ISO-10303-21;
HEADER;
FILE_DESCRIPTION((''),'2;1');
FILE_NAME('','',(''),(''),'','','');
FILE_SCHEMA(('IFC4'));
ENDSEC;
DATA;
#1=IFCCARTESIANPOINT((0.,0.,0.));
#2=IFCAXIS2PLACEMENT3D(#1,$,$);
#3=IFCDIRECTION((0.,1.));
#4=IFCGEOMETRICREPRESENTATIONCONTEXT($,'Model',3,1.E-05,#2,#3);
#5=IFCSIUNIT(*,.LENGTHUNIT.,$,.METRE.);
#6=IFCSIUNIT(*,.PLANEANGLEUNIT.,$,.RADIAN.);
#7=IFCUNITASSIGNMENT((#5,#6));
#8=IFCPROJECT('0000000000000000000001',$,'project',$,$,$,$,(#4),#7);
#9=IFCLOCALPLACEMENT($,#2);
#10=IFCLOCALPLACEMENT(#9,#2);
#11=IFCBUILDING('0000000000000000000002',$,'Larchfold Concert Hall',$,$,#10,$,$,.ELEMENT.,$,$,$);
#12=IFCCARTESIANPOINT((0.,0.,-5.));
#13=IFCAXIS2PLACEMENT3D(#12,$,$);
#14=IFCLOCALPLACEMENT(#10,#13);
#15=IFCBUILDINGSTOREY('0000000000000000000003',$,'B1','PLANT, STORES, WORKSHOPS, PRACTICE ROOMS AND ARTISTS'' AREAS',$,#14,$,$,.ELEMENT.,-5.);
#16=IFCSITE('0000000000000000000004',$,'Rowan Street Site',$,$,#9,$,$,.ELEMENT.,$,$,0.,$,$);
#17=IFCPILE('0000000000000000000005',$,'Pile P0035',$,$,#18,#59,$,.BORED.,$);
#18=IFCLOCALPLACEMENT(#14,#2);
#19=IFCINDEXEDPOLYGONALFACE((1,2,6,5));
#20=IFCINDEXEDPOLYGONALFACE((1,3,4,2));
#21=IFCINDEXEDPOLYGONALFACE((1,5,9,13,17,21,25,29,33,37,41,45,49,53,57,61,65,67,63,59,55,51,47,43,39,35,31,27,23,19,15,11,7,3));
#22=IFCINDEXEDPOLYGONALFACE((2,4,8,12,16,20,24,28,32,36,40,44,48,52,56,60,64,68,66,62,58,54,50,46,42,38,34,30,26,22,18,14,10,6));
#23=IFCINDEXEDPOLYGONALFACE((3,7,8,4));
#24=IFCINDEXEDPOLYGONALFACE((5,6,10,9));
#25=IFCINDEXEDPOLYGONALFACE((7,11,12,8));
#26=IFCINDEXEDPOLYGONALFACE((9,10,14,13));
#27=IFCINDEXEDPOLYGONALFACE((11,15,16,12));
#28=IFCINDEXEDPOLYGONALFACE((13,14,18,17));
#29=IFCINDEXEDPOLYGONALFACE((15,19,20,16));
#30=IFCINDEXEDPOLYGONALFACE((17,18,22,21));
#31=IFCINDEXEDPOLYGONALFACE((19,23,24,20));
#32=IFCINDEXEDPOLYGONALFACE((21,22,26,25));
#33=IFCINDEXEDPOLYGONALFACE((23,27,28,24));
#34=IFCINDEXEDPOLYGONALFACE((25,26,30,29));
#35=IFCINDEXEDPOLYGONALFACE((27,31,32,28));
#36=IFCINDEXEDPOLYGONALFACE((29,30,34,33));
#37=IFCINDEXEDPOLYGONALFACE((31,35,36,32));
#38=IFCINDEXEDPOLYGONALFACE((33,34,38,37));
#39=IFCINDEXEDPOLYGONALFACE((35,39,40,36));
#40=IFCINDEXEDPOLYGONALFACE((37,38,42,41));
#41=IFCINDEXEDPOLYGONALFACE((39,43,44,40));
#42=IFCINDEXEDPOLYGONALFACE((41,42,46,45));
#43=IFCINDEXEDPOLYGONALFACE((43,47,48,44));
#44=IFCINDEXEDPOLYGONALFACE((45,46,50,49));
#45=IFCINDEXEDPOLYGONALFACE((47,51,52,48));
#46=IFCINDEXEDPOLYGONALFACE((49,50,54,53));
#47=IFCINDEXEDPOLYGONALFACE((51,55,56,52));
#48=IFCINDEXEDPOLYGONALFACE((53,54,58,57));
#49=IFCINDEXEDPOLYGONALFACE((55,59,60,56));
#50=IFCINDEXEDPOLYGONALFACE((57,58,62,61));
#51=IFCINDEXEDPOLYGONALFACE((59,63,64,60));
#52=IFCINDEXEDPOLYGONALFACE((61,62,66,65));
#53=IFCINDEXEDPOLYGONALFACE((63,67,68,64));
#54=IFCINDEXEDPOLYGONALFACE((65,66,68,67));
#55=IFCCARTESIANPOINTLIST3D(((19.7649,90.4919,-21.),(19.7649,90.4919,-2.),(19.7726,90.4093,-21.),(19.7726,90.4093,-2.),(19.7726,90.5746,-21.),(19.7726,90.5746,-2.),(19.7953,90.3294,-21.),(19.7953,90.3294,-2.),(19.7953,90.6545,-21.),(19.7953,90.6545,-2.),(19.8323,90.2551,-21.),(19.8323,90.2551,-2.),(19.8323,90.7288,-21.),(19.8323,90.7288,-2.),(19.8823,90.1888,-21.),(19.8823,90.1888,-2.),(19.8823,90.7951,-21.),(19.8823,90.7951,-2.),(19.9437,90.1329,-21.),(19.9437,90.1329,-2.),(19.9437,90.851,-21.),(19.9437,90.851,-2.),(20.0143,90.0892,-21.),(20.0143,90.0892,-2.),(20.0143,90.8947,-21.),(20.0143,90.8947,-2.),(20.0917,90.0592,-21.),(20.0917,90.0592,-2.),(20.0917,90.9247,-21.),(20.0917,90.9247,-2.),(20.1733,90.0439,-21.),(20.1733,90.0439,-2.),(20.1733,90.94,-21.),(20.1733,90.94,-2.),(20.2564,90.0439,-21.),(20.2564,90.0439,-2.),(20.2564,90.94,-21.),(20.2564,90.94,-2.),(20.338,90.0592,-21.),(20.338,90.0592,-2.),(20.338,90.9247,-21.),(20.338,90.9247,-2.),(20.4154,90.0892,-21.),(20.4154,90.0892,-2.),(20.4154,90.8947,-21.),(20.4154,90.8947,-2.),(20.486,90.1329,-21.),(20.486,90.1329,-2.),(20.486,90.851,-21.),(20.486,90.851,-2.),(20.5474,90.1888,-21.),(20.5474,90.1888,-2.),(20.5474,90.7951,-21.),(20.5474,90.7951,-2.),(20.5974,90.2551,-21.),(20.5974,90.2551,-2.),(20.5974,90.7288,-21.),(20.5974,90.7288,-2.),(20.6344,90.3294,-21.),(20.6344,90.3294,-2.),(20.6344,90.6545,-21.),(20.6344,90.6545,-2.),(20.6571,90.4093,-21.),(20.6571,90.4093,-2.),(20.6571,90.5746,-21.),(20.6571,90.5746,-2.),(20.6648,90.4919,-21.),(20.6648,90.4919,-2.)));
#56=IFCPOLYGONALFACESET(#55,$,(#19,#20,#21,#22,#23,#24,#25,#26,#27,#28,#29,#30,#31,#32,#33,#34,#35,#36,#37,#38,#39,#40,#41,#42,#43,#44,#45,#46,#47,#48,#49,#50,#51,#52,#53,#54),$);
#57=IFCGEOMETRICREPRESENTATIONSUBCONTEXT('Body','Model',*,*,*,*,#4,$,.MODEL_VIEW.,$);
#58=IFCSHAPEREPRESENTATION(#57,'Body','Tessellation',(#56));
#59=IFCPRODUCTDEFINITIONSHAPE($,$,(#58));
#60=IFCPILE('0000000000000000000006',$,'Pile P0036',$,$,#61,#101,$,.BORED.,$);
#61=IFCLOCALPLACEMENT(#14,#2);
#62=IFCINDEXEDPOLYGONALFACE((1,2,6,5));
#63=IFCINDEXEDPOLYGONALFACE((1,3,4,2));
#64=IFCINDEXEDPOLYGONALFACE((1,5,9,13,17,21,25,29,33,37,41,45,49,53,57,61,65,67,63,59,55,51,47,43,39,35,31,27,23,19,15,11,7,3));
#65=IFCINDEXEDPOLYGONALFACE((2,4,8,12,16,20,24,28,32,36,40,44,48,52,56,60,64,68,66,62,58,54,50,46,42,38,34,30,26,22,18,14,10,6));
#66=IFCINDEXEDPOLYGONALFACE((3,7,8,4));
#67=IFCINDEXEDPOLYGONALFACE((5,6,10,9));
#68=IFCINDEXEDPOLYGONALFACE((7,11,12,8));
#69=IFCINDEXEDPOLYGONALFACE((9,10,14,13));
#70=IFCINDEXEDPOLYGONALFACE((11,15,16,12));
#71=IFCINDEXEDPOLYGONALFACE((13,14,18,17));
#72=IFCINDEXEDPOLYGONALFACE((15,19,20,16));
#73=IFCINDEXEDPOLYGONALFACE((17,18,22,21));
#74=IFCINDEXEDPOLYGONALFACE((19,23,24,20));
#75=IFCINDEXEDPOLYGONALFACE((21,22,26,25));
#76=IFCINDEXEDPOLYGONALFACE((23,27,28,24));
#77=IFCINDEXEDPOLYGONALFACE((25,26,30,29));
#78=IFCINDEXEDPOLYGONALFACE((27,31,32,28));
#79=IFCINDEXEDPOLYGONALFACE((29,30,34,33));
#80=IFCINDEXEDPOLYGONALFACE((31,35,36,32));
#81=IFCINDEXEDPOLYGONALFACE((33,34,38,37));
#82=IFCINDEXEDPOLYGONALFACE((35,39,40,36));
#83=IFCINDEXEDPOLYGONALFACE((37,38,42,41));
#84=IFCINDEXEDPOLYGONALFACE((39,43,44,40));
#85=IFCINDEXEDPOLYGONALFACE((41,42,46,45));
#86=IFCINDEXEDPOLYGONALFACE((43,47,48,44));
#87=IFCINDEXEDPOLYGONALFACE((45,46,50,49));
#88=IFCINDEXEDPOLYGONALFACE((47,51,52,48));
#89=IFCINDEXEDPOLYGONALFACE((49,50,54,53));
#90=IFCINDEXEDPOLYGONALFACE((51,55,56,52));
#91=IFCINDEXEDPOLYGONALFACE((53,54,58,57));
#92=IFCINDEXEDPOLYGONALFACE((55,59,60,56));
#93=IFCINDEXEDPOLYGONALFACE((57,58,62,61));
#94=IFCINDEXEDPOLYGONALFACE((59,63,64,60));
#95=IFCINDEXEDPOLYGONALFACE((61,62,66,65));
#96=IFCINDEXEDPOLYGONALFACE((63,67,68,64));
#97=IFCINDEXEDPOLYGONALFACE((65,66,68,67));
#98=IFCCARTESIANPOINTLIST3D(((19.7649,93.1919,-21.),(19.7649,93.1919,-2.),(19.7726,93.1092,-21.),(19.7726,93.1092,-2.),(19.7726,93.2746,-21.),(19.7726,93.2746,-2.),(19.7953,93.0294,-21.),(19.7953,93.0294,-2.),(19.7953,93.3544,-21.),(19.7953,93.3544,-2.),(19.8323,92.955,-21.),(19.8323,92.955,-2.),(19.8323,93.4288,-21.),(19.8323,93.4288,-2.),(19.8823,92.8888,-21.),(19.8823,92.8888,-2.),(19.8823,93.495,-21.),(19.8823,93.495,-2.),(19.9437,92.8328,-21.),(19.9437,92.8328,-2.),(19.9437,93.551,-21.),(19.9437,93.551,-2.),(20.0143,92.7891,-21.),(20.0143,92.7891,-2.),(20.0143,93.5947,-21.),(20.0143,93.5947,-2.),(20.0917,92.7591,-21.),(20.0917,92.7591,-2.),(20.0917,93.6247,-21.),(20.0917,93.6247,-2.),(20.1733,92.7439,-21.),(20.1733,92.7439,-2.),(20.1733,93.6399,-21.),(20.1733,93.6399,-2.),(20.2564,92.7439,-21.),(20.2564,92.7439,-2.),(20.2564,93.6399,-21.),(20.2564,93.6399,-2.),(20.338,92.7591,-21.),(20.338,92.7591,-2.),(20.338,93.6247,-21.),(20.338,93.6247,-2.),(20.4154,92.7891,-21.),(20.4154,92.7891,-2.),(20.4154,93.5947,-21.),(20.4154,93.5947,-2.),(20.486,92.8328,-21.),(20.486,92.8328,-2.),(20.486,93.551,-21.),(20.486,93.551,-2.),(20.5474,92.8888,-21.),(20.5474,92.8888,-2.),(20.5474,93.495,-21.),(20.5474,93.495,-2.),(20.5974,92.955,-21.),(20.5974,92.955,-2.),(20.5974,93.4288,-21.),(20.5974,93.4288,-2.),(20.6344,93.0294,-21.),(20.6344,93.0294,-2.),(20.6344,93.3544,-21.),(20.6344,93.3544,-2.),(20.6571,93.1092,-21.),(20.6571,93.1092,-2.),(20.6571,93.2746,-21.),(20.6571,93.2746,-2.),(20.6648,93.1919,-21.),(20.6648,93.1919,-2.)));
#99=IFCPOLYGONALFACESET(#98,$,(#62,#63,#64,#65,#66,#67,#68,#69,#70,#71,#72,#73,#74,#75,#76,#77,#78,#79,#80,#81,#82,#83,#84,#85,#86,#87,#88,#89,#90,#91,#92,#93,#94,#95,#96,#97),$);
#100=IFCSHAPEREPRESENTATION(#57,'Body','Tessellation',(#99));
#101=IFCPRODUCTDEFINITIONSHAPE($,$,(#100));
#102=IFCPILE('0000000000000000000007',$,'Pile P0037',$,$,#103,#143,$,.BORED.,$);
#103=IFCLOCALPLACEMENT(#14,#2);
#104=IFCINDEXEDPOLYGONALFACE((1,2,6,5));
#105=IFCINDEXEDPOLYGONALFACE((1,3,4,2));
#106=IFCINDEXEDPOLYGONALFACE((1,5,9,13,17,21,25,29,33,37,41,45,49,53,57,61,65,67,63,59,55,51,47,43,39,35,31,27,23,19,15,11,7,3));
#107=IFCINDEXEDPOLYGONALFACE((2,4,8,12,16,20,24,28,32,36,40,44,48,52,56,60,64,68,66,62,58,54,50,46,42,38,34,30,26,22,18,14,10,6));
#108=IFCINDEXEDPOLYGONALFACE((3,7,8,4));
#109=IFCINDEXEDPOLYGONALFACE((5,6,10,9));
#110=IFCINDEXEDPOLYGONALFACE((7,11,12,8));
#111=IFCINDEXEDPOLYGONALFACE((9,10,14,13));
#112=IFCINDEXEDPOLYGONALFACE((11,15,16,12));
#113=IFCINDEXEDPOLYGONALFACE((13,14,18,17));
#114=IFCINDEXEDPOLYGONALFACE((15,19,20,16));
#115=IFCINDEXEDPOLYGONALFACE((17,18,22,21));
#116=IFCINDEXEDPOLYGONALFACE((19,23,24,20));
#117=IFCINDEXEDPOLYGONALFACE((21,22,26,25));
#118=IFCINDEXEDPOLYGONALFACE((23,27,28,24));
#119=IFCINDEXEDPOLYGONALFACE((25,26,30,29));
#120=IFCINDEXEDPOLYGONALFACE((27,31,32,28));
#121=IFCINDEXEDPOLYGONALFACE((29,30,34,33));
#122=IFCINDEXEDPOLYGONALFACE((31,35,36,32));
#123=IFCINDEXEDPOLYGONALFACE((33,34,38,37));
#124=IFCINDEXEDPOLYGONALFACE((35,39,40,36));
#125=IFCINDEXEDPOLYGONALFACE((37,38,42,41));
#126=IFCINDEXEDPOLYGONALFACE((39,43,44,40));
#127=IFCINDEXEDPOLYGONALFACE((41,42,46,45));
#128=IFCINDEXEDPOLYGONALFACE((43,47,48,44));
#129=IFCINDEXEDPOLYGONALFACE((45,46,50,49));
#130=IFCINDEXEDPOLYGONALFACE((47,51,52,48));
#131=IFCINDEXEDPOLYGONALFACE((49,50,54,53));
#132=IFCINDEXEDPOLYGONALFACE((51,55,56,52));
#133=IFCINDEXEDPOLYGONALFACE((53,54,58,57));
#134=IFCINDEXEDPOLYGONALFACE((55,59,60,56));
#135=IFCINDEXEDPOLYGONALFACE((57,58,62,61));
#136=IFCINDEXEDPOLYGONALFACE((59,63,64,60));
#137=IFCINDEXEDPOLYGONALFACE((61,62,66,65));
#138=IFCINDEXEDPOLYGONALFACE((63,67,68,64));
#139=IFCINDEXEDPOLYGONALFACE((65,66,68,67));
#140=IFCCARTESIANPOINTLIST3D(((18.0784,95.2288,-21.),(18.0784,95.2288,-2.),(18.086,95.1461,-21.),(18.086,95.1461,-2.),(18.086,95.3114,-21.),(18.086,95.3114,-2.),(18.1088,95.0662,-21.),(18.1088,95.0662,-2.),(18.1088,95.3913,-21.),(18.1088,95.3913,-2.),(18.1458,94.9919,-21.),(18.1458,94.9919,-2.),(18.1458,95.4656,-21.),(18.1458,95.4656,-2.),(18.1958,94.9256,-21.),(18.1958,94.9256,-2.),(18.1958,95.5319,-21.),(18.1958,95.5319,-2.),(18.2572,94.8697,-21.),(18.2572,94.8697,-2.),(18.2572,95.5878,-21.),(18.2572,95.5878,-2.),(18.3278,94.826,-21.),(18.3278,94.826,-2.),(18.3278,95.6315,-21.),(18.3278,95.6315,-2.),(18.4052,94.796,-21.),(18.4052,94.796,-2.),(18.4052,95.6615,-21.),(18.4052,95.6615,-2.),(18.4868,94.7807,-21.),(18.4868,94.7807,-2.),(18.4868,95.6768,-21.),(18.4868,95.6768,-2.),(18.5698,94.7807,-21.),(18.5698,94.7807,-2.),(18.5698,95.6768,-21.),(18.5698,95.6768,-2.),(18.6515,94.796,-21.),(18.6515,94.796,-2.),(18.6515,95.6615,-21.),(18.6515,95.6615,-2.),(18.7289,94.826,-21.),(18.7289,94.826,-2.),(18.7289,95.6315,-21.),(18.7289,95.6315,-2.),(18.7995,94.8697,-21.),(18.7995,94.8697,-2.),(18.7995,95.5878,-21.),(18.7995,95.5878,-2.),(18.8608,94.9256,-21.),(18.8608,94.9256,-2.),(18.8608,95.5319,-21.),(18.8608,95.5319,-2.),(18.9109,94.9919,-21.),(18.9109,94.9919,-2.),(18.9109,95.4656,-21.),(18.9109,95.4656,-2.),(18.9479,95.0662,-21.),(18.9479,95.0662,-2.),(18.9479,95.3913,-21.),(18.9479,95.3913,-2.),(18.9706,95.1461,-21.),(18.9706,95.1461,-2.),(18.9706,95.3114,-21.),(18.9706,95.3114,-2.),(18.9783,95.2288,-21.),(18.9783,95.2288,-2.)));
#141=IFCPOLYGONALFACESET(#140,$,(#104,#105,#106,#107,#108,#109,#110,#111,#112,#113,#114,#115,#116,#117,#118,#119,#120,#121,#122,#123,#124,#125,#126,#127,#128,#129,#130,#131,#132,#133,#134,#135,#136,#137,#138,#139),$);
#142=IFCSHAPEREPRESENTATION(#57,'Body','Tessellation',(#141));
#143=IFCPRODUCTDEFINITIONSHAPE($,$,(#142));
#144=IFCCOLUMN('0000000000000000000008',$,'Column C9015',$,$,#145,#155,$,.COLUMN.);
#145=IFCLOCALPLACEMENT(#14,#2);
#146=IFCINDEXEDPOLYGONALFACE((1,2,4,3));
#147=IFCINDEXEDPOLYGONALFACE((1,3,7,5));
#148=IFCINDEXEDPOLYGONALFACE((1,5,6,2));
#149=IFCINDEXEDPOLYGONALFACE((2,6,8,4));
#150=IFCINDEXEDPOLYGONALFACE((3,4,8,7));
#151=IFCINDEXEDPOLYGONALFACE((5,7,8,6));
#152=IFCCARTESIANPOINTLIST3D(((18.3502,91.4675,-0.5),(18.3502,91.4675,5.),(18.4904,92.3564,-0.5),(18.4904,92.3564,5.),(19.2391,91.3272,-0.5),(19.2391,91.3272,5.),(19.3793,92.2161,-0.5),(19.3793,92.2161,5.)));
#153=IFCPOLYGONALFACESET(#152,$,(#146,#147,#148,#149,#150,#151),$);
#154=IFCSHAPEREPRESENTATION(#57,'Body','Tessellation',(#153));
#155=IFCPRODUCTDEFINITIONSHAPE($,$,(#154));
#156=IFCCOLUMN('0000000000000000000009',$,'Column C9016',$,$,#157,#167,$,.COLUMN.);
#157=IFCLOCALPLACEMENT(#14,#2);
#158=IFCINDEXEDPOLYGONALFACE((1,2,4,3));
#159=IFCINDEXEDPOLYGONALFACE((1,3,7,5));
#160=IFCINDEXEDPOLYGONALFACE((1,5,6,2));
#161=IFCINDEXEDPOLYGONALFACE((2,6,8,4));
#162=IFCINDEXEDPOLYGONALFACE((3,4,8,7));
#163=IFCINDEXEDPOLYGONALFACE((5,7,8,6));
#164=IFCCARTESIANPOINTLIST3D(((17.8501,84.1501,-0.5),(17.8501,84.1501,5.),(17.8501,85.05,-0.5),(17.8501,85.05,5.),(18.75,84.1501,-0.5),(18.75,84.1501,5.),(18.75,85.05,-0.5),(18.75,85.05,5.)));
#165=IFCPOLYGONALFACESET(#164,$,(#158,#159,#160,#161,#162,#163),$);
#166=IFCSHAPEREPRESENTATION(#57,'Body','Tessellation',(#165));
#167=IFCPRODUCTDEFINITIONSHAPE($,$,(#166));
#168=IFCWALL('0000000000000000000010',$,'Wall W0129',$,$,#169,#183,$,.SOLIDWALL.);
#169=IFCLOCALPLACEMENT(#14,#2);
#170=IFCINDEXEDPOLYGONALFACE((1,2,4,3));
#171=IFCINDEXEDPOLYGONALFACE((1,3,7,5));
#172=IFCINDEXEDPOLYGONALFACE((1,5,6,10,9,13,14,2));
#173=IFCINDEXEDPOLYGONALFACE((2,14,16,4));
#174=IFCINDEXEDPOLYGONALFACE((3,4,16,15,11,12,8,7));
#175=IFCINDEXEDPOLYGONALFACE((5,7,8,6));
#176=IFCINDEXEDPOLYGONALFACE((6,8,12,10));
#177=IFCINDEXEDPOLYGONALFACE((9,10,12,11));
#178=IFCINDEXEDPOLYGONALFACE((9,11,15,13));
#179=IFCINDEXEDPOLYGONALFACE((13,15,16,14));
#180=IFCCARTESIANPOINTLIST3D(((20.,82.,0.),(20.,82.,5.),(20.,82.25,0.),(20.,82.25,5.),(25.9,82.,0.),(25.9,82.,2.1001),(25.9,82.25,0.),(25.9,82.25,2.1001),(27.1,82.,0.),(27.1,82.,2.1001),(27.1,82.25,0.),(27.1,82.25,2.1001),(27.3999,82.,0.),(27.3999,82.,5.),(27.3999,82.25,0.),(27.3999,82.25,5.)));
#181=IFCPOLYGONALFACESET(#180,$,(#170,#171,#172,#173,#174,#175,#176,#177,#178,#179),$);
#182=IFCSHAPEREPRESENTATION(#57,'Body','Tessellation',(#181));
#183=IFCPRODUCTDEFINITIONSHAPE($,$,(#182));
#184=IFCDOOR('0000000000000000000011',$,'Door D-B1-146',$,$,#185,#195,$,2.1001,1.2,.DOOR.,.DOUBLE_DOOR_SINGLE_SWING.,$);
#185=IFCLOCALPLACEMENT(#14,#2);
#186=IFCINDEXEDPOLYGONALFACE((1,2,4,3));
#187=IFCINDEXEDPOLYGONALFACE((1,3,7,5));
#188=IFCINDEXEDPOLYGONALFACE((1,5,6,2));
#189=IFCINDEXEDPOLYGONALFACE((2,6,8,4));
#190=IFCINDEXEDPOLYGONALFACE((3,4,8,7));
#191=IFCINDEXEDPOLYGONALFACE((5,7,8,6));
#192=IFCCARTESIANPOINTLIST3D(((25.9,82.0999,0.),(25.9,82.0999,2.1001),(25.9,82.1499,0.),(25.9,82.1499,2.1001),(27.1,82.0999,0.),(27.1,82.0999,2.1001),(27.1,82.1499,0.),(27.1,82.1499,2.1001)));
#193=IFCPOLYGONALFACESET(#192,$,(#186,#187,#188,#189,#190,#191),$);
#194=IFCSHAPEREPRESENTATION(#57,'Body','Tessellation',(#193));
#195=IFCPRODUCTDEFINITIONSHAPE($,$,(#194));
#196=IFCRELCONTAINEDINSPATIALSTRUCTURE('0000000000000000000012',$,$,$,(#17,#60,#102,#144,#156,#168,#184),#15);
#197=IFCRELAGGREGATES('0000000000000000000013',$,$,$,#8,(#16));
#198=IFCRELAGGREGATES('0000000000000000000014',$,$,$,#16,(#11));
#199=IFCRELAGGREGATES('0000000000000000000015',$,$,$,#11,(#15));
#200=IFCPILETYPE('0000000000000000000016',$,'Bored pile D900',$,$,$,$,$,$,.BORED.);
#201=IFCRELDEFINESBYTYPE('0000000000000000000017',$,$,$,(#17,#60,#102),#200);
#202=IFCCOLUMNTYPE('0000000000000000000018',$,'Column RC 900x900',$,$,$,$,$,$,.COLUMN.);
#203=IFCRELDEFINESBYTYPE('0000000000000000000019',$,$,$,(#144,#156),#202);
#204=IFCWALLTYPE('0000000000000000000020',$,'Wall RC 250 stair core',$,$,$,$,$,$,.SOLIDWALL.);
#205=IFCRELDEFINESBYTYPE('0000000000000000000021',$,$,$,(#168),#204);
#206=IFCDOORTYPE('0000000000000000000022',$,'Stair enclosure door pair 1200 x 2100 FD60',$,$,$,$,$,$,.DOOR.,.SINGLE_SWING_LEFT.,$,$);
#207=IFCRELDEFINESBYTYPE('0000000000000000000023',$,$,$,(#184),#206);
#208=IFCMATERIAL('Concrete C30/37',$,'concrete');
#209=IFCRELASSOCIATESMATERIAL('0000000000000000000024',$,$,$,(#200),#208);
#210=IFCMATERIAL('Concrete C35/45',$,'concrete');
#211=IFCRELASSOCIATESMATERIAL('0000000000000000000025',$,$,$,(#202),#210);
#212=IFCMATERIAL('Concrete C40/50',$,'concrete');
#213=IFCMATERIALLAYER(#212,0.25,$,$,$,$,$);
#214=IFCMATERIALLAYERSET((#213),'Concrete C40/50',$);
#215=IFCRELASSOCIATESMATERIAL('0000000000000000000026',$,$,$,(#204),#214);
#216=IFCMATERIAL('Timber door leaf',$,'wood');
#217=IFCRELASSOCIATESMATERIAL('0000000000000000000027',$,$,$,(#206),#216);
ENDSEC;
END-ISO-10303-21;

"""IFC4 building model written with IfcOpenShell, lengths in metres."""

from ifc_helpers import new_model, si_unit, direction, frame, frame_2d, origin, origin_2d, place, context, subcontext, project, spatial, rectangle, circle, extrude, material, layer, layer_set, material_profile, profile_set, type_object, element, fill, save


model = new_model("IFC4")

# Units and contexts
model_context = context("Model", 3, precision=1e-05, world=origin(), true_north=direction((0.0, 1.0)))
body_context = subcontext(model_context, "Body", "Model", "MODEL_VIEW")
ifc_project = project(units=[si_unit("LENGTHUNIT", "METRE"), si_unit("PLANEANGLEUNIT", "RADIAN")], contexts=[model_context])

# Site, building, storey
site_placement = place(None, origin())
site = spatial("IfcSite", under=ifc_project, at=site_placement, Name="Rowan Street Site", CompositionType="ELEMENT", RefElevation=0.0)
building_placement = place(site_placement, origin())
building = spatial("IfcBuilding", under=site, at=building_placement, Name="Larchfold Concert Hall", CompositionType="ELEMENT")
storey_placement = place(building_placement, frame((0.0, 0.0, -5.0)))
storey = spatial("IfcBuildingStorey", under=building, at=storey_placement, Name="B1", Description="PLANT, STORES, WORKSHOPS, PRACTICE ROOMS AND ARTISTS' AREAS", CompositionType="ELEMENT", Elevation=-5.0)

# Piles
ifc_material_1 = material(Name="Concrete C30/37", Category="concrete")
ifc_material_profile_1 = material_profile(ifc_material_1, circle(Radius=0.45, at=origin_2d()))
ifc_profile_set_1 = profile_set([ifc_material_profile_1], Name="Concrete C30/37")
pile_type = type_object("IfcPileType", Name="Bored pile D900", PredefinedType="BORED", material=ifc_profile_set_1)
for number, where, z_axis, x_axis, name in (
    (1, (20.2148, 90.4919, -2.0), (0.0, 0.0, -1.0), (1.0, 0.0, 0.0), "Pile P0035"),
    (2, (20.2148, 93.1919, -2.0), (0.0, 0.0, -1.0), (1.0, 0.0, 0.0), "Pile P0036"),
    (3, (18.5283, 95.2288, -2.0), (0.0, 0.0, -1.0), (1.0, 0.0, 0.0), "Pile P0037"),
):
    element("IfcPile", number, at=place(storey_placement, frame(where, z_axis=z_axis, x_axis=x_axis)), inside=storey, type_object=pile_type, Name=name, PredefinedType="BORED", context=body_context, shape_type="SweptSolid", body=[
        extrude(circle(Radius=0.45, at=origin_2d()), origin(), (0.0, 0.0, 1.0), 19.0),
    ])

# Columns
ifc_material_2 = material(Name="Concrete C35/45", Category="concrete")
ifc_material_profile_2 = material_profile(ifc_material_2, rectangle(XDim=0.8999, YDim=0.8999, at=origin_2d()))
ifc_profile_set_2 = profile_set([ifc_material_profile_2], Name="Concrete C35/45")
column_type = type_object("IfcColumnType", Name="Column RC 900x900", PredefinedType="COLUMN", material=ifc_profile_set_2)
for number, where, z_axis, x_axis, name in (
    (4, (18.8647, 91.8418, -0.5), (0.0, 0.0, 1.0), (0.155868, 0.987778, 0.0), "Column C9015"),
    (5, (18.3, 84.6001, -0.5), (0.0, 0.0, 1.0), (0.000002, 1.0, 0.0), "Column C9016"),
):
    element("IfcColumn", number, at=place(storey_placement, frame(where, z_axis=z_axis, x_axis=x_axis)), inside=storey, type_object=column_type, Name=name, PredefinedType="COLUMN", context=body_context, shape_type="SweptSolid", body=[
        extrude(rectangle(XDim=0.8999, YDim=0.8999, at=origin_2d()), origin(), (0.0, 0.0, 1.0), 5.5),
    ])

# Wall, opening, door
ifc_material_3 = material(Name="Concrete C40/50", Category="concrete")
ifc_layer_1 = layer(ifc_material_3, 0.25)
ifc_layer_set_1 = layer_set([ifc_layer_1], Name="Concrete C40/50")
wall_type_1 = type_object("IfcWallType", Name="Wall RC 250 stair core", PredefinedType="SOLIDWALL", material=ifc_layer_set_1)
wall_1_placement = place(storey_placement, frame((20.0, 82.125, 0.0), z_axis=(0.0, 0.0, 1.0), x_axis=(1.0, 0.0, 0.0)))
wall_1 = element("IfcWall", 6, at=wall_1_placement, inside=storey, type_object=wall_type_1, Name="Wall W0129", PredefinedType="SOLIDWALL", context=body_context, shape_type="SweptSolid", body=[
    extrude(rectangle(XDim=7.3999, YDim=0.25, at=frame_2d((3.7, 0.0))), origin(), (0.0, 0.0, 1.0), 5.0),
])
opening_placement = place(wall_1_placement, frame((5.8999, 0.0, 0.0)))
opening = element("IfcOpeningElement", 7, at=opening_placement, cuts=wall_1, PredefinedType="OPENING", context=body_context, shape_type="SweptSolid", body=[
    extrude(rectangle(XDim=1.2, YDim=2.1001, at=frame_2d((0.6001, 1.05))), frame((0.0, 0.135, 0.0), z_axis=(0.0, -1.0, 0.0), x_axis=(1.0, 0.0, 0.0)), (0.0, 0.0, 1.0), 0.27),
])
ifc_material_4 = material(Name="Timber door leaf", Category="wood")
door_type = type_object("IfcDoorType", Name="Stair enclosure door pair 1200 x 2100 FD60", OperationType="SINGLE_SWING_LEFT", PredefinedType="DOOR", material=ifc_material_4)
door_placement = place(opening_placement, origin())
door = element("IfcDoor", 8, at=door_placement, inside=storey, type_object=door_type, Name="Door D-B1-146", OperationType="DOUBLE_DOOR_SINGLE_SWING", OverallHeight=2.1001, OverallWidth=1.2, PredefinedType="DOOR", context=body_context, shape_type="SweptSolid", body=[
    extrude(rectangle(XDim=1.2, YDim=2.1001, at=frame_2d((0.6001, 1.05))), frame((0.0, 0.0249, 0.0), z_axis=(0.0, -1.0, 0.0), x_axis=(1.0, 0.0, 0.0)), (0.0, 0.0, 1.0), 0.05),
])
fill(opening, door)

save(model, "model.ifc")
